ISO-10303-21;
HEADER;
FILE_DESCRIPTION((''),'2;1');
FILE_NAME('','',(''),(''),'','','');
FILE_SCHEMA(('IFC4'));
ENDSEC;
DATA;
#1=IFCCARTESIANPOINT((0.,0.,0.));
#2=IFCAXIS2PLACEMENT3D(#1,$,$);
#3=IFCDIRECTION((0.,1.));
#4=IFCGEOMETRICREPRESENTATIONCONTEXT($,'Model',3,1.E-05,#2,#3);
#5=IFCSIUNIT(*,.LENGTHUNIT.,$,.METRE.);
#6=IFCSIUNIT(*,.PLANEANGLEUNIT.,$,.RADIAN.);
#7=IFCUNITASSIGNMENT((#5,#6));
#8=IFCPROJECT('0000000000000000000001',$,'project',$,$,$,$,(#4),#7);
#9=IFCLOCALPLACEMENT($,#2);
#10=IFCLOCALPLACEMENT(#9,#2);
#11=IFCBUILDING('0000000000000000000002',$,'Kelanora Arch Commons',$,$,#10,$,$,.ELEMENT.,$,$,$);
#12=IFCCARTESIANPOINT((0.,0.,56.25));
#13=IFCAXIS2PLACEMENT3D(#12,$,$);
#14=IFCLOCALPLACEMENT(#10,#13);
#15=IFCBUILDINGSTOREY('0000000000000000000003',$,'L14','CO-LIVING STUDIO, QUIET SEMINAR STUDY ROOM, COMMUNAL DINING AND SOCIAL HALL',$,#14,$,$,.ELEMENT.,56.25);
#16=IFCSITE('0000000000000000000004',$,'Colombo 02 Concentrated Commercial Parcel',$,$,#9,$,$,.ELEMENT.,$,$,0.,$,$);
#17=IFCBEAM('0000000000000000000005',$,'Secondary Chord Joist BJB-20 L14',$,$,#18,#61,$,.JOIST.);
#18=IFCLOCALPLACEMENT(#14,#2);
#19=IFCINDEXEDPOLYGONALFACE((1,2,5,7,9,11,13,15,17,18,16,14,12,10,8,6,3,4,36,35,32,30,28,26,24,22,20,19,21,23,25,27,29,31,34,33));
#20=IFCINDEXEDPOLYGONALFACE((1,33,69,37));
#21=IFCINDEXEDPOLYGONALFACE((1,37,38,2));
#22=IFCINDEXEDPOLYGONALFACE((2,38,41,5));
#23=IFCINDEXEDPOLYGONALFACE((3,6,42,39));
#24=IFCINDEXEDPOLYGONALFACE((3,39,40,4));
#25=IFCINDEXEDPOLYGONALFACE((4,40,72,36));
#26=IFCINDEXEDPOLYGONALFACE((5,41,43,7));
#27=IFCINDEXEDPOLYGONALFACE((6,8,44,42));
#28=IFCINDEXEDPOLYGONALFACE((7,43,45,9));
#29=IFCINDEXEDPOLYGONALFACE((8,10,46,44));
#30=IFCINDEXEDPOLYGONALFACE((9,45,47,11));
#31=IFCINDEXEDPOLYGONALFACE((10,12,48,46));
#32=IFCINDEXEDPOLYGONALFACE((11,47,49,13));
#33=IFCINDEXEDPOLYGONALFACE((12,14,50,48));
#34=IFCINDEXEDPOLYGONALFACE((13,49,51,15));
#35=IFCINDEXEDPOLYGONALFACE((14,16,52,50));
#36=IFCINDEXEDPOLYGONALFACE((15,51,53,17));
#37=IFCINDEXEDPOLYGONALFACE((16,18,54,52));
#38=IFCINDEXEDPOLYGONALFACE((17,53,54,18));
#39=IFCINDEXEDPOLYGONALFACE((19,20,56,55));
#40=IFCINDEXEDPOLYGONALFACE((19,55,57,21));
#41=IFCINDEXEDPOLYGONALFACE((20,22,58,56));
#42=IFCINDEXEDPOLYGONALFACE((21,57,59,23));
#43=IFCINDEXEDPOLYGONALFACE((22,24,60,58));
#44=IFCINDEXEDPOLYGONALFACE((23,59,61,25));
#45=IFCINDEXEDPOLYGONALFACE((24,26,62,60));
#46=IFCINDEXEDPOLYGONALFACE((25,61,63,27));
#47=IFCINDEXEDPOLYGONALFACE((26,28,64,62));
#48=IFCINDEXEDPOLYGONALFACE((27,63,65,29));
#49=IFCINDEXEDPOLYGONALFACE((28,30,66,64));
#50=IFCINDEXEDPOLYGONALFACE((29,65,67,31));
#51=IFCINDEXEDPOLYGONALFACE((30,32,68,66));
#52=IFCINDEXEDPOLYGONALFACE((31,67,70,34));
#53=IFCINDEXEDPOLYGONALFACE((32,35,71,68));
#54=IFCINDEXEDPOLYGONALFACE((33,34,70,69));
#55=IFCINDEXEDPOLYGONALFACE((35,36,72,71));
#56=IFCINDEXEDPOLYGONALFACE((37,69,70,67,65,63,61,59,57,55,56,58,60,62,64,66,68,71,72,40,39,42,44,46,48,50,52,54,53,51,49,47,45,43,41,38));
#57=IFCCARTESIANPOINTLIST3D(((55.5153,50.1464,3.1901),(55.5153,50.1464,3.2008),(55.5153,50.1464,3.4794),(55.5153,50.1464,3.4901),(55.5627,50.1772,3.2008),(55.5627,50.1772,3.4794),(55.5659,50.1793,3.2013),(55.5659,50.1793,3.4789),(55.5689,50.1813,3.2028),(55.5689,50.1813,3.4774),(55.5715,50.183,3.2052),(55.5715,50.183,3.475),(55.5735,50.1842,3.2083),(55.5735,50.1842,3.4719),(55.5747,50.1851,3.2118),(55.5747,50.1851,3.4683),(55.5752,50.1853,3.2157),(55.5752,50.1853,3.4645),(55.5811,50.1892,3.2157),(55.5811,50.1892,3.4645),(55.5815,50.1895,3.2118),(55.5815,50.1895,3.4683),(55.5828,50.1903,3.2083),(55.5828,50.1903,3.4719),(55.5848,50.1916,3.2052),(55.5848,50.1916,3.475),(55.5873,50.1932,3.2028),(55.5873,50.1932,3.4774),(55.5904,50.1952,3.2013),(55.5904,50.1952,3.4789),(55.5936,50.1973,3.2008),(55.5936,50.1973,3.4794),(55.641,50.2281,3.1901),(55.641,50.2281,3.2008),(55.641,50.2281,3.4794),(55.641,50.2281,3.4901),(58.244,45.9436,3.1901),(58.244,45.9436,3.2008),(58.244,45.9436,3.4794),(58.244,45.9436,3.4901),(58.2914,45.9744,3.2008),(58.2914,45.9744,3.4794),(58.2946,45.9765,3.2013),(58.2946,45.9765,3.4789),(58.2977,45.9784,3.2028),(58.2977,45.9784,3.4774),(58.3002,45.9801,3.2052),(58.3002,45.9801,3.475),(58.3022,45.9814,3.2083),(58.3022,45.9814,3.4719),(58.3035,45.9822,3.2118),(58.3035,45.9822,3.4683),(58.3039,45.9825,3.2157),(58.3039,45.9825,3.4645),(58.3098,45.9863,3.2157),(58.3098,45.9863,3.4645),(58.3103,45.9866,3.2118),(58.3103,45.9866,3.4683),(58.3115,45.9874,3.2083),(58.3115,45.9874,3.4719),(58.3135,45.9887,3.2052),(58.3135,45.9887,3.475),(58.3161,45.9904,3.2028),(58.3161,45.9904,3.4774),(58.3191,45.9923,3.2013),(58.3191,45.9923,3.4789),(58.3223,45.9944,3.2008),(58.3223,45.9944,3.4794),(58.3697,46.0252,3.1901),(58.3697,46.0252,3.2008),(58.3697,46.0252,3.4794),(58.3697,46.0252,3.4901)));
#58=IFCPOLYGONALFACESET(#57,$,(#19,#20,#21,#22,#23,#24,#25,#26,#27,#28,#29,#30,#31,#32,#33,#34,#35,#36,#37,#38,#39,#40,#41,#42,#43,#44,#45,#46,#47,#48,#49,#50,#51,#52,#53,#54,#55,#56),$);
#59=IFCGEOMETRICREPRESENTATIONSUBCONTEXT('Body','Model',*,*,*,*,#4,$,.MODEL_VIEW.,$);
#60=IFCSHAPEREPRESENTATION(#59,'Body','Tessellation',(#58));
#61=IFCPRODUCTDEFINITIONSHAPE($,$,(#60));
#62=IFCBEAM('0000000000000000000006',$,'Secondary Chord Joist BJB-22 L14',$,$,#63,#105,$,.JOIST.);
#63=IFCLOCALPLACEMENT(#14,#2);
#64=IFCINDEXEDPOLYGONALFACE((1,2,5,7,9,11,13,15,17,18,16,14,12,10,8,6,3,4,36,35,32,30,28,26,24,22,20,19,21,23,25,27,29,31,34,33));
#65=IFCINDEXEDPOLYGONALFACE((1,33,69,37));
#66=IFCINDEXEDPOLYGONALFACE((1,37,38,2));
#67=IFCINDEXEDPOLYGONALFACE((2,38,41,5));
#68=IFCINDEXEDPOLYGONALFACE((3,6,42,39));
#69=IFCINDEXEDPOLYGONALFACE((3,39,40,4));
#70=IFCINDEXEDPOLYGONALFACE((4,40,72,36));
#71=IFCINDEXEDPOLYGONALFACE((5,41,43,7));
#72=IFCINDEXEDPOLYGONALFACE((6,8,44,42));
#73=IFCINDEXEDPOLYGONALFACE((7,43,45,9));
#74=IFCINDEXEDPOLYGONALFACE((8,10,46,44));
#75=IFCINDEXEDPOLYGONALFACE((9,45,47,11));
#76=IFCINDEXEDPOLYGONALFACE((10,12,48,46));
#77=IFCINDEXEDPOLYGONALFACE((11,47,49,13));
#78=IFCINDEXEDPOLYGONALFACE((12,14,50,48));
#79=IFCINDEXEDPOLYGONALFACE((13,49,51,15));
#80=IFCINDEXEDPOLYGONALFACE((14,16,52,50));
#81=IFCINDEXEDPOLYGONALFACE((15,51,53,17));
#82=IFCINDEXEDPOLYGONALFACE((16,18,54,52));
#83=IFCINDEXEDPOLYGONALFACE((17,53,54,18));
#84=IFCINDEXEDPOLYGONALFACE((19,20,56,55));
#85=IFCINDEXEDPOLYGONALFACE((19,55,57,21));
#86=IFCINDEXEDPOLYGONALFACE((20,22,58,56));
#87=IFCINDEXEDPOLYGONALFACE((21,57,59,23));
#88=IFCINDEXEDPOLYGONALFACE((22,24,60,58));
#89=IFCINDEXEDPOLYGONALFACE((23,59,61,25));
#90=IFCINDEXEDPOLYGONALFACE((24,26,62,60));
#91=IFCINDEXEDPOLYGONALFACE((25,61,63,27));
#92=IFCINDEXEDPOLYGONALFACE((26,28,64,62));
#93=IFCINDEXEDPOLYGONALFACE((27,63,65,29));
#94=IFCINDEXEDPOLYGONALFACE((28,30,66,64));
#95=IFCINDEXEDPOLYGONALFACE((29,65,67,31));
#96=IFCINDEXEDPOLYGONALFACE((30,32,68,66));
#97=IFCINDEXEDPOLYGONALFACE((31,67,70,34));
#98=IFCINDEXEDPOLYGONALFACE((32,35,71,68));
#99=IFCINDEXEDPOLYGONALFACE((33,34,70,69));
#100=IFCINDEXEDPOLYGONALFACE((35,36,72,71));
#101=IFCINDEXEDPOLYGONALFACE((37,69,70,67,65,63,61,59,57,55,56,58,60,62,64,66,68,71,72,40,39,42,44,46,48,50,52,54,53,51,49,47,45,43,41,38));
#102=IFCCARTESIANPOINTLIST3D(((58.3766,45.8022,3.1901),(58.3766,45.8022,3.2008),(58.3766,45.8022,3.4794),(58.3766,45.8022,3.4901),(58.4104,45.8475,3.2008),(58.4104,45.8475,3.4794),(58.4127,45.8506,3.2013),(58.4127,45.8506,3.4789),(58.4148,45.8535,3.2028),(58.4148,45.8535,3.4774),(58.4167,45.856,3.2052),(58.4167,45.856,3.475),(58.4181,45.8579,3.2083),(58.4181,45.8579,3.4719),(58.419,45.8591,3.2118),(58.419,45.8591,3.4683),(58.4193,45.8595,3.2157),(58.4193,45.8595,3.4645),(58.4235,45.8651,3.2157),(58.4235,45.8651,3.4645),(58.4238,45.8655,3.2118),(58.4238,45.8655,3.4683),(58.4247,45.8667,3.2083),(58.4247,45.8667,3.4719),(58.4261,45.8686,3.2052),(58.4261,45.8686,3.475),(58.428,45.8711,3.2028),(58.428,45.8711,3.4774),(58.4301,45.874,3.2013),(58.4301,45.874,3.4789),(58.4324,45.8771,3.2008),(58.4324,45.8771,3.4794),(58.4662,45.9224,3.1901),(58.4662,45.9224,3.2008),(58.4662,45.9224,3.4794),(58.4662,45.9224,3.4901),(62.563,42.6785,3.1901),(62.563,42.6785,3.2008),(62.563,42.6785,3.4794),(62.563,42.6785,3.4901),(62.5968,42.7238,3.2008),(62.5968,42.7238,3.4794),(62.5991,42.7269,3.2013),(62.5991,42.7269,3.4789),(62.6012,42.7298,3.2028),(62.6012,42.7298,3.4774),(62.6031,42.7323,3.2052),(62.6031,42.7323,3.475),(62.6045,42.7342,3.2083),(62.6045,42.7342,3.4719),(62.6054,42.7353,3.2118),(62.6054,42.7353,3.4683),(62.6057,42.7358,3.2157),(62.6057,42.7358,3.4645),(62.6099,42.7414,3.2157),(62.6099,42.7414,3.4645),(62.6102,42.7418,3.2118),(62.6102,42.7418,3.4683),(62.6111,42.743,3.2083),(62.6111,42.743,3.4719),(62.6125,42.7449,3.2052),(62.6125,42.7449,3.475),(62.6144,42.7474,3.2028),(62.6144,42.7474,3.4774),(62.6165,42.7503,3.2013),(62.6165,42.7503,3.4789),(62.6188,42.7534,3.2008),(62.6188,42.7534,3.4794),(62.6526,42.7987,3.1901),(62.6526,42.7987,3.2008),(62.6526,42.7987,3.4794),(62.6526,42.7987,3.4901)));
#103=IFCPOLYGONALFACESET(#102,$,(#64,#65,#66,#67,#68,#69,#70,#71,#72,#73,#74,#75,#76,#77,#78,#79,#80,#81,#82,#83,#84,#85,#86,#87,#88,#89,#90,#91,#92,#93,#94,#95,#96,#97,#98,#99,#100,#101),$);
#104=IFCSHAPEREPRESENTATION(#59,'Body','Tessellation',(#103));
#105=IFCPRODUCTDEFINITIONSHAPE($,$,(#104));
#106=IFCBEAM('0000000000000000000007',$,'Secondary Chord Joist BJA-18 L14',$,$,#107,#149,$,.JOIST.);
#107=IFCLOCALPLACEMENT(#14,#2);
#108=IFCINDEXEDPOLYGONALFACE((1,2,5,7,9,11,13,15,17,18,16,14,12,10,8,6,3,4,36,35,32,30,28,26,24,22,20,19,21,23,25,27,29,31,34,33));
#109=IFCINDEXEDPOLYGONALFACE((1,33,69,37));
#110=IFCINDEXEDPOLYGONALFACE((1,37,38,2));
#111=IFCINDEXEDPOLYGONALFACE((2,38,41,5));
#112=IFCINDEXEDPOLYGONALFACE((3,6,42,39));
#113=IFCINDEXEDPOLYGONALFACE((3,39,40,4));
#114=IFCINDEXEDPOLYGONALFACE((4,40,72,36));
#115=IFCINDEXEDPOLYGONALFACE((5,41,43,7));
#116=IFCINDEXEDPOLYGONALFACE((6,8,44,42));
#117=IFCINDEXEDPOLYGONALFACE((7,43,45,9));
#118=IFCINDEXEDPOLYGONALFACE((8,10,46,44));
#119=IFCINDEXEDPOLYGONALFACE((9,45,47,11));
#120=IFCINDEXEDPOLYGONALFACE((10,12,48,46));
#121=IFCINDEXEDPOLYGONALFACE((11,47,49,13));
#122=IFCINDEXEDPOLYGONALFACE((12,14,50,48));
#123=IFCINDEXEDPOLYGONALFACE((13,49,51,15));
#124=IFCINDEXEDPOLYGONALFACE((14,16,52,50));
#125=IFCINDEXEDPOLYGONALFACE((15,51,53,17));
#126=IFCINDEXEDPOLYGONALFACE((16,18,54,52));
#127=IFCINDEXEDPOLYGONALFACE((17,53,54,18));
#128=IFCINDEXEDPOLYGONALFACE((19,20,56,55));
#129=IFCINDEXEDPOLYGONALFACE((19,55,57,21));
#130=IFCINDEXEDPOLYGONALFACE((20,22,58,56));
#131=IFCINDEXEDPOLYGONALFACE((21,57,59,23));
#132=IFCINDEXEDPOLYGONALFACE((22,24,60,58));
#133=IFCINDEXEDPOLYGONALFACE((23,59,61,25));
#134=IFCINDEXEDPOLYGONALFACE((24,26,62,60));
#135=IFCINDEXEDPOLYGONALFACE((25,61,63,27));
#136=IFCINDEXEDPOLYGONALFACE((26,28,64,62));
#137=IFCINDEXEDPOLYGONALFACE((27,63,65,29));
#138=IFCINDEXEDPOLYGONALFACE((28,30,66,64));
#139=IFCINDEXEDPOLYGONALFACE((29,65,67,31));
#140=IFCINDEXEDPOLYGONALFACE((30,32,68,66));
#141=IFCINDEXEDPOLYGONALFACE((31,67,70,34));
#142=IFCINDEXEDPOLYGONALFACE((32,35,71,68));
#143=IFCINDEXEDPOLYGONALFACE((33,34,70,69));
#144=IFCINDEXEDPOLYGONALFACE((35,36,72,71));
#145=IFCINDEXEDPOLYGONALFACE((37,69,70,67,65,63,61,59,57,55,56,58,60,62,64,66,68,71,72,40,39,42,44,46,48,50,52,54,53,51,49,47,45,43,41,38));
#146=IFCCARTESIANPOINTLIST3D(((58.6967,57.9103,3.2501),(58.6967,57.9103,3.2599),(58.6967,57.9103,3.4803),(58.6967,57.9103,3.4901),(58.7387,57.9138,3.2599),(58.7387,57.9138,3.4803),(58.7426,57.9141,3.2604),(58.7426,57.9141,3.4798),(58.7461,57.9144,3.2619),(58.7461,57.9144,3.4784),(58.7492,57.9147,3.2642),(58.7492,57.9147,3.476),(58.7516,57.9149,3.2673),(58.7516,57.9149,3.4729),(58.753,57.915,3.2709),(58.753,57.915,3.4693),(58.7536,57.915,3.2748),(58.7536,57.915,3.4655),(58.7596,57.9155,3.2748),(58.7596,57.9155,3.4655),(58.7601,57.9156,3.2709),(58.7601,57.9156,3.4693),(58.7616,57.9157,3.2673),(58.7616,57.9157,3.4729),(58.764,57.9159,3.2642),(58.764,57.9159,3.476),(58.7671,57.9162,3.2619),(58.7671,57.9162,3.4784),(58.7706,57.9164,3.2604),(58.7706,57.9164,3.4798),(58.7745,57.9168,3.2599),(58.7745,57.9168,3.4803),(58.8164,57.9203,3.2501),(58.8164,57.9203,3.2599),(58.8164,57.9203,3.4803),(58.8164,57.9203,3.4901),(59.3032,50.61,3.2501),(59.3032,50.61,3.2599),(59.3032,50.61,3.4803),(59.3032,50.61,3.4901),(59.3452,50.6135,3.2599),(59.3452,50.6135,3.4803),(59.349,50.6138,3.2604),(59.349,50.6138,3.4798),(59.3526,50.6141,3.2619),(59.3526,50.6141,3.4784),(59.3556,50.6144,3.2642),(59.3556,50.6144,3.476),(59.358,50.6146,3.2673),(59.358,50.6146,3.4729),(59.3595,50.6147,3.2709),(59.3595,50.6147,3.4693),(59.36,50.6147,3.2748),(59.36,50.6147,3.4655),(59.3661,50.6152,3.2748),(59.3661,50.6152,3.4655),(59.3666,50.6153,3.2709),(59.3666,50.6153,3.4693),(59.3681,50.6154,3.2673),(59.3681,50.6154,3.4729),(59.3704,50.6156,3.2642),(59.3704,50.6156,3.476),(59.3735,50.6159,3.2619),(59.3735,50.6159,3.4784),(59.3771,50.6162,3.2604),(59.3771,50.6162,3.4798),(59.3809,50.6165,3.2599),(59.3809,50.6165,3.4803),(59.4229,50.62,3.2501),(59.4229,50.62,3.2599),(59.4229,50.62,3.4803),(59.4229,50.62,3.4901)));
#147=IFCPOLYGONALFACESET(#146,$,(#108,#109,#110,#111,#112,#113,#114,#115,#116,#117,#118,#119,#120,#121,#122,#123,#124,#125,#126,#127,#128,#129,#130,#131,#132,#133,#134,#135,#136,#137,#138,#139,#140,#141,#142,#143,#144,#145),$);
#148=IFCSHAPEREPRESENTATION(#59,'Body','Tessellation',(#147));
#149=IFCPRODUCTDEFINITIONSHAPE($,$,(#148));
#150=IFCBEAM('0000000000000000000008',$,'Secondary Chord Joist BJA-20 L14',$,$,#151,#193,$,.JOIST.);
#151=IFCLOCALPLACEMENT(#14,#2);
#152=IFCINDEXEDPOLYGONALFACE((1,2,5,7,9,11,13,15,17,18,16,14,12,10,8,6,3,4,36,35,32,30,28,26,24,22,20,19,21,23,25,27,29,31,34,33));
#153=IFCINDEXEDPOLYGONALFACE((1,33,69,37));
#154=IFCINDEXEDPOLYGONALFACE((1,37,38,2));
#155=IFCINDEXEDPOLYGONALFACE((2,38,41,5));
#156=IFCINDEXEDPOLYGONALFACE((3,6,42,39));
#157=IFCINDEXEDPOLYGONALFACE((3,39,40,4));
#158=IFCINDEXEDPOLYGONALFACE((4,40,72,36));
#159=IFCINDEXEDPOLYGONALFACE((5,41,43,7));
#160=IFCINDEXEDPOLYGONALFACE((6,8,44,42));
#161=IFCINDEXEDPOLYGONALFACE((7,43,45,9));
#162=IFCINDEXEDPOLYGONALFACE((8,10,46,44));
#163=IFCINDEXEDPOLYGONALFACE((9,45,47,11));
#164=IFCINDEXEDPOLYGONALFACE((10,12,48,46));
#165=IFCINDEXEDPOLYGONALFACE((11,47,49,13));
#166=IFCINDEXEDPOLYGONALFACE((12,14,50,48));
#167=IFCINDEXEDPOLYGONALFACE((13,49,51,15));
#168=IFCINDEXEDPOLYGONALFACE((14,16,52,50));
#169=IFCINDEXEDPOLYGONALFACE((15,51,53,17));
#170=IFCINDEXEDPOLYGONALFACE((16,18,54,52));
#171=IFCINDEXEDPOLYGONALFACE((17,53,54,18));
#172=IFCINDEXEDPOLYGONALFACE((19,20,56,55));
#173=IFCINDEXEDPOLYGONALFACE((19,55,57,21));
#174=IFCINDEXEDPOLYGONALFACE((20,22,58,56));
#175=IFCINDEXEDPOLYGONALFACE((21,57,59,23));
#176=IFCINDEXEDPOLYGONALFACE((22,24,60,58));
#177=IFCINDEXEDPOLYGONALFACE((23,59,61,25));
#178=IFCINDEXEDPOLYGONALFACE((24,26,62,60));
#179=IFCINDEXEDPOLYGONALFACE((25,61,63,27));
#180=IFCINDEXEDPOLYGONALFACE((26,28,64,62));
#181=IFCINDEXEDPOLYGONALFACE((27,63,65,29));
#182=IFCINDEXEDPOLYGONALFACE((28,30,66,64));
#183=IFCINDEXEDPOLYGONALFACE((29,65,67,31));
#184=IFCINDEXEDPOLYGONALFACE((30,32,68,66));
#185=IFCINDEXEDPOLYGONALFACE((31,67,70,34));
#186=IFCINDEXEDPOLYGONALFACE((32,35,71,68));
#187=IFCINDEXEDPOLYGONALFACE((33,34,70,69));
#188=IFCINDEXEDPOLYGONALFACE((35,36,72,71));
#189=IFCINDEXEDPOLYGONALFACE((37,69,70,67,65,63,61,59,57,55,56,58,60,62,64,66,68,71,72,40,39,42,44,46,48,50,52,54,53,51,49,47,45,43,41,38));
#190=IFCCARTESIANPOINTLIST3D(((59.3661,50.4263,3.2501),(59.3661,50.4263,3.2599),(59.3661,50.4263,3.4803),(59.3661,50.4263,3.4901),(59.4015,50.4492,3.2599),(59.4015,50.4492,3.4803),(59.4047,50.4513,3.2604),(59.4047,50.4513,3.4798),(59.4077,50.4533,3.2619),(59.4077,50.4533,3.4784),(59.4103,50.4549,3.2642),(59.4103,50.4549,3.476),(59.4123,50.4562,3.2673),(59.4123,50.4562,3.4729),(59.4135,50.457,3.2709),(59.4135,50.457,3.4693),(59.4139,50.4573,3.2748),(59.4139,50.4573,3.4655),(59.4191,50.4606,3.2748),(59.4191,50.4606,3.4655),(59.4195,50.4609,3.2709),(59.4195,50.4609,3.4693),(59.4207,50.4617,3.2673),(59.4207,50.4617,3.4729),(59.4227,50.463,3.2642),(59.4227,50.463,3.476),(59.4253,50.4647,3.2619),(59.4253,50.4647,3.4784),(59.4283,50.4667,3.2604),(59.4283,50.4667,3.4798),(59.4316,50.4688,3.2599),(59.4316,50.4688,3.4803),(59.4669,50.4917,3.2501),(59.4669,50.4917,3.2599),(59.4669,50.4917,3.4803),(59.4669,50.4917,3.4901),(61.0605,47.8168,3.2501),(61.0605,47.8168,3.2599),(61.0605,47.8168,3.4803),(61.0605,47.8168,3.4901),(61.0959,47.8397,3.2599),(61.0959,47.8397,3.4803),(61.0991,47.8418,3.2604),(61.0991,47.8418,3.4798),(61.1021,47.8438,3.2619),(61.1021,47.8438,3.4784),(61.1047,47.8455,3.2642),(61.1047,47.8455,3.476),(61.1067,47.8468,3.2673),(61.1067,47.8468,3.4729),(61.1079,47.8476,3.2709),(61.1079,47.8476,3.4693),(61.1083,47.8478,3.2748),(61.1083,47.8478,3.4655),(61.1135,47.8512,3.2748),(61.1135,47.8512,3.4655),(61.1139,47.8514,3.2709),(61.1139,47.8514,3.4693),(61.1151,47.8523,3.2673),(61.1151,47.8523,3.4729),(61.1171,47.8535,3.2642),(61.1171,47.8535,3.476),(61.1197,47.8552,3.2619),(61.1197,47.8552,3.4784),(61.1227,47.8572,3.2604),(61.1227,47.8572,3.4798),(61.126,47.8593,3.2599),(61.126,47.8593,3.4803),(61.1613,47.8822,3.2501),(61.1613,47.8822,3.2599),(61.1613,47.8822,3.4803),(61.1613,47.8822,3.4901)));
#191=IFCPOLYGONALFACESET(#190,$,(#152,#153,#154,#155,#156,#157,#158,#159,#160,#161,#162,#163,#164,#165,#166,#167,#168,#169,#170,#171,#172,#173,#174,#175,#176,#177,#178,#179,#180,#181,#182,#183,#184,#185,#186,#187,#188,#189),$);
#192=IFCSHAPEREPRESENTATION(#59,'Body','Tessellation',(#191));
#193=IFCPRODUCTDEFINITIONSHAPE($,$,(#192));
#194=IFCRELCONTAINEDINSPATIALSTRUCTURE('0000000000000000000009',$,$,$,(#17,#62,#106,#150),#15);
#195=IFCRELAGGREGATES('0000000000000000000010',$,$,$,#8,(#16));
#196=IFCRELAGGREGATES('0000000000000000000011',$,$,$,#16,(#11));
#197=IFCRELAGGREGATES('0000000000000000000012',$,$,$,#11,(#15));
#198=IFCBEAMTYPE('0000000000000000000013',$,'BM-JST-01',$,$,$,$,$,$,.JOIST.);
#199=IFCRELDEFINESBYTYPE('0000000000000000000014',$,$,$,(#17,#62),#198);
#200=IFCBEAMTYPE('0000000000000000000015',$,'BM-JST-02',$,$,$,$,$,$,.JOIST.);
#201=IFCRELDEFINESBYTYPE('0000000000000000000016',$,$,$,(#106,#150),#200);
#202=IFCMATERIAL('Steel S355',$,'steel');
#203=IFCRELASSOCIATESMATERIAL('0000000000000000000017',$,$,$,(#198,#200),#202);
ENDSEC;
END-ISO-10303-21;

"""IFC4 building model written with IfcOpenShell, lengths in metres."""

from ifc_helpers import new_model, si_unit, direction, frame, origin, origin_2d, place, context, subcontext, project, spatial, i_section, extrude, material, material_profile, profile_set, type_object, element, save


model = new_model("IFC4")

# Units and contexts
model_context = context("Model", 3, precision=1e-05, world=origin(), true_north=direction((0.0, 1.0)))
body_context = subcontext(model_context, "Body", "Model", "MODEL_VIEW")
ifc_project = project(units=[si_unit("LENGTHUNIT", "METRE"), si_unit("PLANEANGLEUNIT", "RADIAN")], contexts=[model_context])

# Site, building, storey
site_placement = place(None, origin())
site = spatial("IfcSite", under=ifc_project, at=site_placement, Name="Colombo 02 Concentrated Commercial Parcel", CompositionType="ELEMENT", RefElevation=0.0)
building_placement = place(site_placement, origin())
building = spatial("IfcBuilding", under=site, at=building_placement, Name="Kelanora Arch Commons", CompositionType="ELEMENT")
storey_placement = place(building_placement, frame((0.0, 0.0, 56.25)))
storey = spatial("IfcBuildingStorey", under=building, at=storey_placement, Name="L14", Description="CO-LIVING STUDIO, QUIET SEMINAR STUDY ROOM, COMMUNAL DINING AND SOCIAL HALL", CompositionType="ELEMENT", Elevation=56.25)

# Beams
ifc_material_1 = material(Name="Steel S355", Category="steel")
ifc_material_profile_1 = material_profile(ifc_material_1, i_section(OverallWidth=0.1499, OverallDepth=0.3, WebThickness=0.0071, FlangeThickness=0.0107, FilletRadius=0.0149, at=origin_2d()), Name="IPE300")
ifc_profile_set_1 = profile_set([ifc_material_profile_1], Name="Steel S355")
beam_type_1 = type_object("IfcBeamType", Name="BM-JST-01", PredefinedType="JOIST", material=ifc_profile_set_1)
beam_1_placement = place(storey_placement, frame((55.5781, 50.1873, 3.3401), z_axis=(0.544552, -0.838727, 0.0), x_axis=(0.838727, 0.544552, 0.0)))
element("IfcBeam", 1, at=beam_1_placement, inside=storey, type_object=beam_type_1, Name="Secondary Chord Joist BJB-20 L14", PredefinedType="JOIST", context=body_context, shape_type="SweptSolid", body=[
    extrude(i_section(OverallWidth=0.1499, OverallDepth=0.3, WebThickness=0.0071, FlangeThickness=0.0107, FilletRadius=0.0149, at=origin_2d()), origin(), (0.0, 0.0, 1.0), 5.011),
])
beam_2_placement = place(storey_placement, frame((58.4214, 45.8623, 3.3401), z_axis=(0.801478, -0.598024, 0.0), x_axis=(0.598024, 0.801478, 0.0)))
element("IfcBeam", 2, at=beam_2_placement, inside=storey, type_object=beam_type_1, Name="Secondary Chord Joist BJB-22 L14", PredefinedType="JOIST", context=body_context, shape_type="SweptSolid", body=[
    extrude(i_section(OverallWidth=0.1499, OverallDepth=0.3, WebThickness=0.0071, FlangeThickness=0.0107, FilletRadius=0.0149, at=origin_2d()), origin(), (0.0, 0.0, 1.0), 5.2234),
])
ifc_material_profile_2 = material_profile(ifc_material_1, i_section(OverallWidth=0.1201, OverallDepth=0.24, WebThickness=0.0061, FlangeThickness=0.0098, FilletRadius=0.0149, at=origin_2d()), Name="IPE240")
ifc_profile_set_2 = profile_set([ifc_material_profile_2], Name="Steel S355")
beam_type_2 = type_object("IfcBeamType", Name="BM-JST-02", PredefinedType="JOIST", material=ifc_profile_set_2)
beam_3_placement = place(storey_placement, frame((58.7566, 57.9153, 3.3701), z_axis=(0.082786, -0.996567, 0.0), x_axis=(0.996567, 0.082786, 0.0)))
element("IfcBeam", 3, at=beam_3_placement, inside=storey, type_object=beam_type_2, Name="Secondary Chord Joist BJA-18 L14", PredefinedType="JOIST", context=body_context, shape_type="SweptSolid", body=[
    extrude(i_section(OverallWidth=0.1201, OverallDepth=0.24, WebThickness=0.0061, FlangeThickness=0.0098, FilletRadius=0.0149, at=origin_2d()), origin(), (0.0, 0.0, 1.0), 7.3254),
])
beam_4_placement = place(storey_placement, frame((59.4165, 50.459, 3.3701), z_axis=(0.544591, -0.838702, 0.0), x_axis=(0.838702, 0.544591, 0.0)))
element("IfcBeam", 4, at=beam_4_placement, inside=storey, type_object=beam_type_2, Name="Secondary Chord Joist BJA-20 L14", PredefinedType="JOIST", context=body_context, shape_type="SweptSolid", body=[
    extrude(i_section(OverallWidth=0.1201, OverallDepth=0.24, WebThickness=0.0061, FlangeThickness=0.0098, FilletRadius=0.0149, at=origin_2d()), origin(), (0.0, 0.0, 1.0), 3.1113),
])

save(model, "model.ifc")
